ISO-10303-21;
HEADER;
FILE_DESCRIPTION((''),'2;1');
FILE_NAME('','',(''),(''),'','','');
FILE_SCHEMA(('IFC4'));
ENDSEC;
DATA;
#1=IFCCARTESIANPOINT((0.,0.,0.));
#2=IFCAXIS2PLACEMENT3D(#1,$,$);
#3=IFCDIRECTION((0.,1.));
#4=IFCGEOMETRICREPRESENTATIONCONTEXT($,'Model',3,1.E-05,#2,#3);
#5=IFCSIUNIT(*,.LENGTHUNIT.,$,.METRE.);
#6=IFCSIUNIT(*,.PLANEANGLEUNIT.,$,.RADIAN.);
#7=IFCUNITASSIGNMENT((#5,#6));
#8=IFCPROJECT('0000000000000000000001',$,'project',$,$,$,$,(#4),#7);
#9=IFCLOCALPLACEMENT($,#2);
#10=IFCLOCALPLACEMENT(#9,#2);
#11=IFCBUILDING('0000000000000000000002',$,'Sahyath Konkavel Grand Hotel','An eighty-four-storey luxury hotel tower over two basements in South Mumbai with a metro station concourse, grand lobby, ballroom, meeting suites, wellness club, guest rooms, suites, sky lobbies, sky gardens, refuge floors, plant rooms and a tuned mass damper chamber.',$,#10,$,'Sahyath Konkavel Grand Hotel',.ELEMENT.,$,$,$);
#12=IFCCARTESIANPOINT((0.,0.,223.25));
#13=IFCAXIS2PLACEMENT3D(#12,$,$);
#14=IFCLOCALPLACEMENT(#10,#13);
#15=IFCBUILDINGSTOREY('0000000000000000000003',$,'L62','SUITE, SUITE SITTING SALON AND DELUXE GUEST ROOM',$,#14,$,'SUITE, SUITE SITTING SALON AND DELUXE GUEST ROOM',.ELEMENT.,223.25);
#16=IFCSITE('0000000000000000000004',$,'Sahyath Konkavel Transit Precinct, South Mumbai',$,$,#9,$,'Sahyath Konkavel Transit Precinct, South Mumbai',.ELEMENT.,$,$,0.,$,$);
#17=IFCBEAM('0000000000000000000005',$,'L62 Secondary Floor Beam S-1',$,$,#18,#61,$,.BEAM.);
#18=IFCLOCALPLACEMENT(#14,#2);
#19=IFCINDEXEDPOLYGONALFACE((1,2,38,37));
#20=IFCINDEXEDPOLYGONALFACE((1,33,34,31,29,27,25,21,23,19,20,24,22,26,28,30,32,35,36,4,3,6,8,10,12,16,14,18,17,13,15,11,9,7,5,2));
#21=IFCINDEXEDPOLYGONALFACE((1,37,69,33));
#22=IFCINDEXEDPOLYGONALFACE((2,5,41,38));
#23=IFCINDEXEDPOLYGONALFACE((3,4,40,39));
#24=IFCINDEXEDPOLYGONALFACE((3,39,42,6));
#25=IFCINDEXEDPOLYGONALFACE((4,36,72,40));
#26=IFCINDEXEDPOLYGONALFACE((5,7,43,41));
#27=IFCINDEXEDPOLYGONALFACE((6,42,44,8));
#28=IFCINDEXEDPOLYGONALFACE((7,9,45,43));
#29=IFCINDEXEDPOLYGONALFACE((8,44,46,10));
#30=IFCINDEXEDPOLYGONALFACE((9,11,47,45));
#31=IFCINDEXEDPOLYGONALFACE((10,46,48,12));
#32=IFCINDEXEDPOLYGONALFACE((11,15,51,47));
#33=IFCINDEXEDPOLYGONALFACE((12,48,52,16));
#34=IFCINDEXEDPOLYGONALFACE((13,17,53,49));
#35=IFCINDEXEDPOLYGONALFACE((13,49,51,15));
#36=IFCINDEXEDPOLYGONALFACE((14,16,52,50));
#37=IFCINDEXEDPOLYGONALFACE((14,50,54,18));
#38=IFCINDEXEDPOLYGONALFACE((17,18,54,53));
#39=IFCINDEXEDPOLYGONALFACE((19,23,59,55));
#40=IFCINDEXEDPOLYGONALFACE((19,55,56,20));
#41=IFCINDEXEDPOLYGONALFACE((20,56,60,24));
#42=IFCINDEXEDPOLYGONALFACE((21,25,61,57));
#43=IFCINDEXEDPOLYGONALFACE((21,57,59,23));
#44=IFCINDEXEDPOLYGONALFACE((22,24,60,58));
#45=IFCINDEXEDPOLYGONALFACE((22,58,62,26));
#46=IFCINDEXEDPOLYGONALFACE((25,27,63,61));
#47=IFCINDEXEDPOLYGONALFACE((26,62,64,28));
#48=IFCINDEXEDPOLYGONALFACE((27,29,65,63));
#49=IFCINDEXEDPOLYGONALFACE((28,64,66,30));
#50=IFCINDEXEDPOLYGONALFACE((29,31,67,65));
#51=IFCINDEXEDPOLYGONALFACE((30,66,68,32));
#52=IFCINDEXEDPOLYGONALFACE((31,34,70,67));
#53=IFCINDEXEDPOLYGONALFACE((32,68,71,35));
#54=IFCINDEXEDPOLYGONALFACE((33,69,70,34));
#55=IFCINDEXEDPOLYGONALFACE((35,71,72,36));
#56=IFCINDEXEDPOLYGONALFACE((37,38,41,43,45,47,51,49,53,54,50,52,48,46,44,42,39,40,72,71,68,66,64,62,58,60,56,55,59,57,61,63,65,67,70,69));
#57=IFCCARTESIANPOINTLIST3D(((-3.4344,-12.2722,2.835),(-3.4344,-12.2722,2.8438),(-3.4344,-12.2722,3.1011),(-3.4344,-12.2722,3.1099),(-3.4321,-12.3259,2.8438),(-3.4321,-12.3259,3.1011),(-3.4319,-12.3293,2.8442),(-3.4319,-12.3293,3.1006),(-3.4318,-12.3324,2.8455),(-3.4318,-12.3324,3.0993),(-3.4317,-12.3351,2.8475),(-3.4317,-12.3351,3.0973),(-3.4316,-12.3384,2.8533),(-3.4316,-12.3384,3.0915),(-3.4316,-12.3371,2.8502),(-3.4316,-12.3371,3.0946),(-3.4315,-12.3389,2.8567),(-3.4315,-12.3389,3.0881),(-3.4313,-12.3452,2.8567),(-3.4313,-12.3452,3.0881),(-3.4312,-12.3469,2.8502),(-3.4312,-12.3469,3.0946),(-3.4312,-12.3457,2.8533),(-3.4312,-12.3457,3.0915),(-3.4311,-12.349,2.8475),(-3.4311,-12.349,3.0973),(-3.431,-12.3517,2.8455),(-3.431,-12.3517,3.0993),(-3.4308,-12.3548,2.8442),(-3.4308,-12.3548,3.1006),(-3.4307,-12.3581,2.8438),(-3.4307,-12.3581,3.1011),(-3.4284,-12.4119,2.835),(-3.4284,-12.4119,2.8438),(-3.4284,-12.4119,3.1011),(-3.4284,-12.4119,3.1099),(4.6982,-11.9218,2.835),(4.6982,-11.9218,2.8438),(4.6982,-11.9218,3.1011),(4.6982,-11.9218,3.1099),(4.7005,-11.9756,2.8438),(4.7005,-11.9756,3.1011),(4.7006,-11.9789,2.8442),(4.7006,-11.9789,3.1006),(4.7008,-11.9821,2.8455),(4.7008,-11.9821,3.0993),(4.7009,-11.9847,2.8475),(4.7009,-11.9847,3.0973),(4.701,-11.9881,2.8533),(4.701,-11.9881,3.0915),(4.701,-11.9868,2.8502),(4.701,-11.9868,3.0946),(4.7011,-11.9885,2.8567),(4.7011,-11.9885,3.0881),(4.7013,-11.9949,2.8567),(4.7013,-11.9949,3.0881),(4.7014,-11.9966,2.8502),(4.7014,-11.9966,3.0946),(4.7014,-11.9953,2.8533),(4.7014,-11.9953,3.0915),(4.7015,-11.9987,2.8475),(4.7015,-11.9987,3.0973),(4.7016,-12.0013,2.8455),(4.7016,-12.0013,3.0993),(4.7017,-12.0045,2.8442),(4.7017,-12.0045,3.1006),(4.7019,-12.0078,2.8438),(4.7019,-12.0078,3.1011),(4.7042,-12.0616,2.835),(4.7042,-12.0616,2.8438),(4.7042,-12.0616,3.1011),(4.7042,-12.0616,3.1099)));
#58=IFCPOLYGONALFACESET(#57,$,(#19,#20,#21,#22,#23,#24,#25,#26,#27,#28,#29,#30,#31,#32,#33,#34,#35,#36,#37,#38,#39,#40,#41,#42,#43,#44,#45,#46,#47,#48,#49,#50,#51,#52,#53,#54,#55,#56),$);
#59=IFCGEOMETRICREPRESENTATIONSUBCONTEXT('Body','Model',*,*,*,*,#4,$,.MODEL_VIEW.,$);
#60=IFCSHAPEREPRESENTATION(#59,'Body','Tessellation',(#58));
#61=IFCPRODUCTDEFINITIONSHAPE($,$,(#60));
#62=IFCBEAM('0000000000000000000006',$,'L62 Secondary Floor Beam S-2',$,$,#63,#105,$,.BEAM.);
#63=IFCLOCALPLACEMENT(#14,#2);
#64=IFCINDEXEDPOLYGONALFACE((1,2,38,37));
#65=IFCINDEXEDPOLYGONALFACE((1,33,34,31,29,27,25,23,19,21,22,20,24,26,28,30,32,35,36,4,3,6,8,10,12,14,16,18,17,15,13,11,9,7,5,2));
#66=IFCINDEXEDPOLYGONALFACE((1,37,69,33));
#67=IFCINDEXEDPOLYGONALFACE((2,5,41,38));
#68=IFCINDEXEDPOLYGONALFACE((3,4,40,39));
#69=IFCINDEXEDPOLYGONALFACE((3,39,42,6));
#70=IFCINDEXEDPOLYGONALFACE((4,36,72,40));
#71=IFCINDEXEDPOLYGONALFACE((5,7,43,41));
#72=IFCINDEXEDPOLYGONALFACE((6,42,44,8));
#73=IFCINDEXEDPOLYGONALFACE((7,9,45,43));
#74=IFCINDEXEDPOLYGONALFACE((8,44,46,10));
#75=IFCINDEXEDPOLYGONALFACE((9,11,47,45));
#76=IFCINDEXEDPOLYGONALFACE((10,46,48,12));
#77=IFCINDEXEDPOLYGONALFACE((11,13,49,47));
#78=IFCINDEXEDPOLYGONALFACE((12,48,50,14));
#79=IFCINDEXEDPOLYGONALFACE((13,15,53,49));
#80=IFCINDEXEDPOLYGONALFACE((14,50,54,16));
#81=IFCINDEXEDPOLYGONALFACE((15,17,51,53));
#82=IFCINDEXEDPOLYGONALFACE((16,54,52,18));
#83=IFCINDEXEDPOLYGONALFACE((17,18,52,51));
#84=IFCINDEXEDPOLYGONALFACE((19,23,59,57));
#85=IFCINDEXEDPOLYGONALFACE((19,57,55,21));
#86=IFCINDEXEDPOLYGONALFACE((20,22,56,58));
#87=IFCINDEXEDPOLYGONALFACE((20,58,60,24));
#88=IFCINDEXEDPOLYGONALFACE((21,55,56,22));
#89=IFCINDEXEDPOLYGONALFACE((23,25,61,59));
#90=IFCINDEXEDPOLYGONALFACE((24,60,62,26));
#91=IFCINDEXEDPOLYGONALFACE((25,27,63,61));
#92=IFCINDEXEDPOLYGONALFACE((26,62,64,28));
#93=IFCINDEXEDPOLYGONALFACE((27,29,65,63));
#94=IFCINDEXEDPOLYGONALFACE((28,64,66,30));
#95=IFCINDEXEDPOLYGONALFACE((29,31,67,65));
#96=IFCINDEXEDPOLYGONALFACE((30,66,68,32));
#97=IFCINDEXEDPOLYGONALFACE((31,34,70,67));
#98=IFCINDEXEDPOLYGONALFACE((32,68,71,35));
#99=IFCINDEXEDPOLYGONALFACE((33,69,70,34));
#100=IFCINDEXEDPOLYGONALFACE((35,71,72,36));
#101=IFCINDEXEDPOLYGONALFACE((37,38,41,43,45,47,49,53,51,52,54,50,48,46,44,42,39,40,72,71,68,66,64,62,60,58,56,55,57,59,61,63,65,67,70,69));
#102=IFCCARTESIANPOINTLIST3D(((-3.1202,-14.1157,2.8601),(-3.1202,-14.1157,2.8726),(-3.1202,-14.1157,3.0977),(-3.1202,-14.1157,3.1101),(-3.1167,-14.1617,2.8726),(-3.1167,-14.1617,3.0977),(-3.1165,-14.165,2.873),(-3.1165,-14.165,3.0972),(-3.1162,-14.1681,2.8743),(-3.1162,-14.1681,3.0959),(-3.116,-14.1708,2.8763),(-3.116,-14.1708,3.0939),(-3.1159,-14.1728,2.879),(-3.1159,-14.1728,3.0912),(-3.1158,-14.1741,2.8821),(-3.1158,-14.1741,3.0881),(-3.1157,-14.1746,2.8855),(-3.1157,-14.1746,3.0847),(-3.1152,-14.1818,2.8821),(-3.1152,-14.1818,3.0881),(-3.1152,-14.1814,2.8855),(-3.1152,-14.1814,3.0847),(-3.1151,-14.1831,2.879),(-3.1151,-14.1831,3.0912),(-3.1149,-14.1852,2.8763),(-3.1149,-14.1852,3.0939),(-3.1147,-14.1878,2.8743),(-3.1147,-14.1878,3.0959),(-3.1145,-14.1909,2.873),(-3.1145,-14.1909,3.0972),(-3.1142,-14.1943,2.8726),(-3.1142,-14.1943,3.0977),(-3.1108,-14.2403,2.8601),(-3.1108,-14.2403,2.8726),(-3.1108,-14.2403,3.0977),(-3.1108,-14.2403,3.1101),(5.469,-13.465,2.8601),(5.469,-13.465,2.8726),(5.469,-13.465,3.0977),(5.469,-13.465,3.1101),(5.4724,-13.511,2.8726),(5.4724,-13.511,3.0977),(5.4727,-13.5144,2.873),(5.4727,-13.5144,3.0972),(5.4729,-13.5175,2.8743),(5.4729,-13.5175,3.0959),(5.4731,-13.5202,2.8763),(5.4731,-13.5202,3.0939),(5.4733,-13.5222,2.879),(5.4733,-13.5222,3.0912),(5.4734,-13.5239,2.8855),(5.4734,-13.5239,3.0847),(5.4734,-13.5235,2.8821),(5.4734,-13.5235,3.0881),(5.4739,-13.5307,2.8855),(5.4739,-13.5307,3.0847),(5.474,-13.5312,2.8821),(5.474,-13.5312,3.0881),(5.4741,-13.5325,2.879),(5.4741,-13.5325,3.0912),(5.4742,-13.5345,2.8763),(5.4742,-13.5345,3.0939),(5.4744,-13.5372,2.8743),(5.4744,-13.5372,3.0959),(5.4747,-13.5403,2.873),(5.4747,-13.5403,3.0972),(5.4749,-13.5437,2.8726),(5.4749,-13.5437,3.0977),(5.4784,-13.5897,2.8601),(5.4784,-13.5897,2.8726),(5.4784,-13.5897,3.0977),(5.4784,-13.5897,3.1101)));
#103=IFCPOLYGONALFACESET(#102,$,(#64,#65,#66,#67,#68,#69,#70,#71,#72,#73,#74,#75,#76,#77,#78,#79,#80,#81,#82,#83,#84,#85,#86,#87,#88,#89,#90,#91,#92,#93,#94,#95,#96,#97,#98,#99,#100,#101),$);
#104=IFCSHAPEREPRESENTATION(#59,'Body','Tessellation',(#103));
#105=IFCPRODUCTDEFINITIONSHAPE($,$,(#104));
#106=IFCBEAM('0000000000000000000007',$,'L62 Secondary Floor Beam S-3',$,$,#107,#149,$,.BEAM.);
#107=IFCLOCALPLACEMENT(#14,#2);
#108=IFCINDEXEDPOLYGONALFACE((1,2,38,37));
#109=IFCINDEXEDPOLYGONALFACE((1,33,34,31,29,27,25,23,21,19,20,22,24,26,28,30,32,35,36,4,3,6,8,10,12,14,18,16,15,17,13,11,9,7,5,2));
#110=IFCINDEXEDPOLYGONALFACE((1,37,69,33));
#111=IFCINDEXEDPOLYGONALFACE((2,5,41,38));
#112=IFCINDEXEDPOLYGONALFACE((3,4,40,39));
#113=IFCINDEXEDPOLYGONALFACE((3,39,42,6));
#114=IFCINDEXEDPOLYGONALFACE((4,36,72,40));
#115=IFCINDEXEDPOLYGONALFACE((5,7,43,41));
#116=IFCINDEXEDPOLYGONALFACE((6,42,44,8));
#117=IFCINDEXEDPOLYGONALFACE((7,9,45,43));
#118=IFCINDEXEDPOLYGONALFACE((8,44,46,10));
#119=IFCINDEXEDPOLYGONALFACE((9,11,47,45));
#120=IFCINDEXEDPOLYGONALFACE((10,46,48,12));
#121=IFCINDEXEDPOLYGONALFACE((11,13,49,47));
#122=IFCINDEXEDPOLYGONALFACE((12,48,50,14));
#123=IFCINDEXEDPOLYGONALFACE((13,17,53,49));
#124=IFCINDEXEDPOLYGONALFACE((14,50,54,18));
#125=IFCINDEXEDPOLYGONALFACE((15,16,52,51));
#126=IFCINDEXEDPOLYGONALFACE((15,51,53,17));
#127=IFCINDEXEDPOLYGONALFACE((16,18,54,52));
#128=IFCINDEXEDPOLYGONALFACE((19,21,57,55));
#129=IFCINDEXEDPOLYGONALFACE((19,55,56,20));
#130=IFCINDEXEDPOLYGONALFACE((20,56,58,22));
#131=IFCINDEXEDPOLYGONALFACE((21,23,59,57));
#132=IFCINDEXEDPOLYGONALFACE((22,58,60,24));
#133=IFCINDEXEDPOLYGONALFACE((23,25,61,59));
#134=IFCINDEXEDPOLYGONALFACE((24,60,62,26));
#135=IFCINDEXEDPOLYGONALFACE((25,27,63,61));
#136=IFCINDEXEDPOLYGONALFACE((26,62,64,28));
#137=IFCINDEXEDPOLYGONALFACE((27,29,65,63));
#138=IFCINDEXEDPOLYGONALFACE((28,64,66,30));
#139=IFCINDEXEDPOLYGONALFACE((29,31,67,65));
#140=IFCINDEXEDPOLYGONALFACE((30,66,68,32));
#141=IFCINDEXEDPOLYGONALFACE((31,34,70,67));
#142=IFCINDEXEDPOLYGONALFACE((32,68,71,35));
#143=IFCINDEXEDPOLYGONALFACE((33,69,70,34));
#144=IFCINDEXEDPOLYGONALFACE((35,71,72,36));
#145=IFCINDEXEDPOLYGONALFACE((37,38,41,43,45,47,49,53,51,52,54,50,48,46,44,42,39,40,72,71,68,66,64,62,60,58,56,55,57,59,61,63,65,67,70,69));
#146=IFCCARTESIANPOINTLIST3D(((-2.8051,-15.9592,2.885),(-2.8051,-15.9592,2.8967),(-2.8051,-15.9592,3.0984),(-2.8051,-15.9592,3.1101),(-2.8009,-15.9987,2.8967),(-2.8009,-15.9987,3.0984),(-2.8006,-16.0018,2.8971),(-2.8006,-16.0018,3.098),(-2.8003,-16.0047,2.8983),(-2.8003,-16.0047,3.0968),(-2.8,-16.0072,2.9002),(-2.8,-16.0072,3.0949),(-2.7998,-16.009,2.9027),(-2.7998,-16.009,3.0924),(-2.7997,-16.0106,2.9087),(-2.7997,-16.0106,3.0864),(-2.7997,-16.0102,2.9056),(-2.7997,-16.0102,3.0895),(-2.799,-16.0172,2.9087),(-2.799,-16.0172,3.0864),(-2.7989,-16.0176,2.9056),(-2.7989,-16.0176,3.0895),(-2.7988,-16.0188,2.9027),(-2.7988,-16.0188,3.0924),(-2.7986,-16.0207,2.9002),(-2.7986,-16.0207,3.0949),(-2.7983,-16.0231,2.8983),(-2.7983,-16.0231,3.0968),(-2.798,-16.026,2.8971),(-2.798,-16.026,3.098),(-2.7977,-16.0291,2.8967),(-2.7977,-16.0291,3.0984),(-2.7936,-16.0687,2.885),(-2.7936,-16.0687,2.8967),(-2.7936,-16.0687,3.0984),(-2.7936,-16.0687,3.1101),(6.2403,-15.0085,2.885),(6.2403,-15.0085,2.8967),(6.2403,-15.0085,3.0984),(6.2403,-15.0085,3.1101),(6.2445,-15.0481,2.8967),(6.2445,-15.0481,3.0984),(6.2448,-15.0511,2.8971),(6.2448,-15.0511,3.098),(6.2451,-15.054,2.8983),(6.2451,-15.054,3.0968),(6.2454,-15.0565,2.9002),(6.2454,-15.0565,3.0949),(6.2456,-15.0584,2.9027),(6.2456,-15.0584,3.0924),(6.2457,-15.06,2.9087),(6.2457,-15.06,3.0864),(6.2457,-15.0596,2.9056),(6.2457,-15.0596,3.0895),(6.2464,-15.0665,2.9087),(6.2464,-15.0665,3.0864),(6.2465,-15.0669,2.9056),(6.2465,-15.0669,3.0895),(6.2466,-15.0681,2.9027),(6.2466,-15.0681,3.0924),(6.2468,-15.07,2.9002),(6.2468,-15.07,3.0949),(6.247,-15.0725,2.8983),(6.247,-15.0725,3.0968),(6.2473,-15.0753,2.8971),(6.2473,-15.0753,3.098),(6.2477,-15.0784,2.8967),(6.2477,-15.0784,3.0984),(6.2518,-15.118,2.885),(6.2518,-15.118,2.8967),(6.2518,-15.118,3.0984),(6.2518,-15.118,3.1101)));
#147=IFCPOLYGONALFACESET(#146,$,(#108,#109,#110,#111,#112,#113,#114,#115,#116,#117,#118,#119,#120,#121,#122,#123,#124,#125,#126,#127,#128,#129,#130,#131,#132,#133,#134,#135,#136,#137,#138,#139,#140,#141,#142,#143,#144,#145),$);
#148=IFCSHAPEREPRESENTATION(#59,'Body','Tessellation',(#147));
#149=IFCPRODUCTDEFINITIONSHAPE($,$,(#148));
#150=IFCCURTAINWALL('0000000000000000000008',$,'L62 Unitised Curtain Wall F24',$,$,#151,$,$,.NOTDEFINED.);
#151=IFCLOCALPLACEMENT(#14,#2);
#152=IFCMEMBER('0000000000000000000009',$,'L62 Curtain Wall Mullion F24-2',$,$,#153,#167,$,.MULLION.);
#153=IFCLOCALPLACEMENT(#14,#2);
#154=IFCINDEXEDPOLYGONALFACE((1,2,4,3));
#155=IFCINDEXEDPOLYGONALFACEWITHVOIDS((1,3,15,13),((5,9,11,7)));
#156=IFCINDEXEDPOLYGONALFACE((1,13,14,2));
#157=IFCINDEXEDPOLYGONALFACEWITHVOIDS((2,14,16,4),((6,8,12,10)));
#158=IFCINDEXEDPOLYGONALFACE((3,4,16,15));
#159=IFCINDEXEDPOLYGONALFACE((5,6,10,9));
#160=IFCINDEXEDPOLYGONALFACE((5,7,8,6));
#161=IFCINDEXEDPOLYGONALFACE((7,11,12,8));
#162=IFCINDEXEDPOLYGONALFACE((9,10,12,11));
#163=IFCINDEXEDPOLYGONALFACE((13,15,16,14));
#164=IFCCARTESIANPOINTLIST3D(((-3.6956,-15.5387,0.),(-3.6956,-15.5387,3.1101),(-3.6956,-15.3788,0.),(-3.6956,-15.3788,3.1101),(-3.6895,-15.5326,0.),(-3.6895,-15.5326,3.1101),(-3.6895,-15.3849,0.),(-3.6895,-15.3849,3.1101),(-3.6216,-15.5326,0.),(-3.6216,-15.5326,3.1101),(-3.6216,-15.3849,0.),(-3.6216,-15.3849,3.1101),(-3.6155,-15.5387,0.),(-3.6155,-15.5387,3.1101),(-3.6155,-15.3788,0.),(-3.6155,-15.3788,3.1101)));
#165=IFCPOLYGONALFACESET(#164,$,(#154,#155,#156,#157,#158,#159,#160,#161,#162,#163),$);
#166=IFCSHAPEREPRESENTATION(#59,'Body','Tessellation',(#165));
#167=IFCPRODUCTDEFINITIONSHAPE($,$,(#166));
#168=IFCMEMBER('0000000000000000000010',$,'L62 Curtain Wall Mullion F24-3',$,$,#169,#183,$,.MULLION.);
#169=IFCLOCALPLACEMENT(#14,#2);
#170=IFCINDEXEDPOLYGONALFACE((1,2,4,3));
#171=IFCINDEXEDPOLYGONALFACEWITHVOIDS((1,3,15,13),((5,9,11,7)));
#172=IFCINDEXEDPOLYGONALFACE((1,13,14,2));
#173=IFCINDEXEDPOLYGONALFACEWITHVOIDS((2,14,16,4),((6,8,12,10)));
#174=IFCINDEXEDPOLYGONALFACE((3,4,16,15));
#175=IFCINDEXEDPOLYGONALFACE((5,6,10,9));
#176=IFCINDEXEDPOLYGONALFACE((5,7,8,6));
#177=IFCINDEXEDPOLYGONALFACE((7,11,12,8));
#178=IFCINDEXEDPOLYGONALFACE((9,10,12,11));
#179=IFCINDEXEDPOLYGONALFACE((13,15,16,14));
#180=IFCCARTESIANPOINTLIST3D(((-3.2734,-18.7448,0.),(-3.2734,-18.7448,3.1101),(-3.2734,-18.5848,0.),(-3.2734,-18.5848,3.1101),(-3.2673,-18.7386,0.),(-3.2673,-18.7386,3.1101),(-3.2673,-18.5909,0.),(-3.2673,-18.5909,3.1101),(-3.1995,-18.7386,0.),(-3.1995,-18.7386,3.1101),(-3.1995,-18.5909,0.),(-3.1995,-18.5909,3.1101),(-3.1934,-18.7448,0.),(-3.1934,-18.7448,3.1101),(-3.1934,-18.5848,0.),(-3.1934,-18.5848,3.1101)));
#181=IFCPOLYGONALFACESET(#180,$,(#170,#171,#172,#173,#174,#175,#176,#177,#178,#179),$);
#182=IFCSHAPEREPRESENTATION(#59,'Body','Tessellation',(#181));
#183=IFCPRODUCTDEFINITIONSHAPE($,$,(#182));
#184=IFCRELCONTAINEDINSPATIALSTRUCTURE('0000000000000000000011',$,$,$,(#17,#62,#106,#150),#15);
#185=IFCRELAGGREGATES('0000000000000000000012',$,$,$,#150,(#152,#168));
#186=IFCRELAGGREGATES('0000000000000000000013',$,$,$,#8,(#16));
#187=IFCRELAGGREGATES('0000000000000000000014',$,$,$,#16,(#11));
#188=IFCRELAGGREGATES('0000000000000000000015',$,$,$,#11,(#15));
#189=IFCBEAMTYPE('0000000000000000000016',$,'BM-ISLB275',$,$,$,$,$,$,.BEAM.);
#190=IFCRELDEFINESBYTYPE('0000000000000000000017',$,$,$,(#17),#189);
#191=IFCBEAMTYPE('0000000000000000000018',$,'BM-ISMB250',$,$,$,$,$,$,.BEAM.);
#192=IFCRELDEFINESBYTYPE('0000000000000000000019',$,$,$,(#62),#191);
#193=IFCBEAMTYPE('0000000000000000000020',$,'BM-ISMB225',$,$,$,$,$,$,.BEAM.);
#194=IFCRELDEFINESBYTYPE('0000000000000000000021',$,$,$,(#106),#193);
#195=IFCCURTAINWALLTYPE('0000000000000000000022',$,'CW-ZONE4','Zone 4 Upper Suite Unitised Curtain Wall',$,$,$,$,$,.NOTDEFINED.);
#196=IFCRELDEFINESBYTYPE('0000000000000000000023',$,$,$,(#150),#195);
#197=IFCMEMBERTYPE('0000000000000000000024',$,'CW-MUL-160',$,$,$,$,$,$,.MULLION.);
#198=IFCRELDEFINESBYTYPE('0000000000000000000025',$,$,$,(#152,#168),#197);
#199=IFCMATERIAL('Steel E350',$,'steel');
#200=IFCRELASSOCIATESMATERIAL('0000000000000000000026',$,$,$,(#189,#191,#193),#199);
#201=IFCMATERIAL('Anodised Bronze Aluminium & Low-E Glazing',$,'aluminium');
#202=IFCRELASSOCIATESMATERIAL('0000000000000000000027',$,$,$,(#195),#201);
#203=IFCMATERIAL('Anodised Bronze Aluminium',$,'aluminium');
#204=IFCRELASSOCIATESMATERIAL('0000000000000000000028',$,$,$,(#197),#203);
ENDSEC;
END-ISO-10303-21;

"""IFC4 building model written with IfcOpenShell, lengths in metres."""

from ifc_helpers import new_model, si_unit, direction, frame, origin, origin_2d, place, context, subcontext, project, spatial, hollow_rectangle, i_section, extrude, source, transform, mapped, material, material_profile, profile_set, type_object, element, aggregate, save


model = new_model("IFC4")

# Units and contexts
model_context = context("Model", 3, precision=1e-05, world=origin(), true_north=direction((0.0, 1.0)))
body_context = subcontext(model_context, "Body", "Model", "MODEL_VIEW")
ifc_project = project(units=[si_unit("LENGTHUNIT", "METRE"), si_unit("PLANEANGLEUNIT", "RADIAN")], contexts=[model_context])

# Site, building, storey
site_placement = place(None, origin())
site = spatial("IfcSite", under=ifc_project, at=site_placement, Name="Sahyath Konkavel Transit Precinct, South Mumbai", LongName="Sahyath Konkavel Transit Precinct, South Mumbai", CompositionType="ELEMENT", RefElevation=0.0)
building_placement = place(site_placement, origin())
building = spatial("IfcBuilding", under=site, at=building_placement, Name="Sahyath Konkavel Grand Hotel", Description="An eighty-four-storey luxury hotel tower over two basements in South Mumbai with a metro station concourse, grand lobby, ballroom, meeting suites, wellness club, guest rooms, suites, sky lobbies, sky gardens, refuge floors, plant rooms and a tuned mass damper chamber.", LongName="Sahyath Konkavel Grand Hotel", CompositionType="ELEMENT")
storey_placement = place(building_placement, frame((0.0, 0.0, 223.25)))
storey = spatial("IfcBuildingStorey", under=building, at=storey_placement, Name="L62", Description="SUITE, SUITE SITTING SALON AND DELUXE GUEST ROOM", LongName="SUITE, SUITE SITTING SALON AND DELUXE GUEST ROOM", CompositionType="ELEMENT", Elevation=223.25)

# Beams
ifc_material_1 = material(Name="Steel E350", Category="steel")
ifc_material_profile_1 = material_profile(ifc_material_1, i_section(OverallWidth=0.1399, OverallDepth=0.2749, WebThickness=0.0063, FlangeThickness=0.0088, FilletRadius=0.0129, at=origin_2d()), Name="ISLB 275")
ifc_profile_set_1 = profile_set([ifc_material_profile_1], Name="Steel E350")
beam_type_1 = type_object("IfcBeamType", Name="BM-ISLB275", PredefinedType="BEAM", material=ifc_profile_set_1)
shared_shape_1 = source(origin(), body_context, "Body", "SweptSolid", [
    extrude(i_section(OverallWidth=0.1399, OverallDepth=0.2749, WebThickness=0.0063, FlangeThickness=0.0088, FilletRadius=0.0129, at=origin_2d()), origin(), (0.0, 0.0, 1.0), 8.1401),
])
beam_1_placement = place(storey_placement, frame((-3.4314, -12.342, 2.9724), z_axis=(0.999073, 0.043039, 0.0), x_axis=(-0.043039, 0.999073, 0.0)))
element("IfcBeam", 1, at=beam_1_placement, inside=storey, type_object=beam_type_1, Name="L62 Secondary Floor Beam S-1", PredefinedType="BEAM", context=body_context, shape_type="MappedRepresentation", body=[
    mapped(shared_shape_1, transform((0.0, 0.0, 0.0), scale=1.0)),
])
ifc_material_profile_2 = material_profile(ifc_material_1, i_section(OverallWidth=0.125, OverallDepth=0.25, WebThickness=0.0068, FlangeThickness=0.0125, FilletRadius=0.0129, at=origin_2d()), Name="ISMB 250")
ifc_profile_set_2 = profile_set([ifc_material_profile_2], Name="Steel E350")
beam_type_2 = type_object("IfcBeamType", Name="BM-ISMB250", PredefinedType="BEAM", material=ifc_profile_set_2)
shared_shape_2 = source(origin(), body_context, "Body", "SweptSolid", [
    extrude(i_section(OverallWidth=0.125, OverallDepth=0.25, WebThickness=0.0068, FlangeThickness=0.0125, FilletRadius=0.0129, at=origin_2d()), origin(), (0.0, 0.0, 1.0), 8.6138),
])
beam_2_placement = place(storey_placement, frame((-3.1155, -14.178, 2.9851), z_axis=(0.997143, 0.075535, 0.0), x_axis=(-0.075535, 0.997143, 0.0)))
element("IfcBeam", 2, at=beam_2_placement, inside=storey, type_object=beam_type_2, Name="L62 Secondary Floor Beam S-2", PredefinedType="BEAM", context=body_context, shape_type="MappedRepresentation", body=[
    mapped(shared_shape_2, transform((0.0, 0.0, 0.0), scale=1.0)),
])
ifc_material_profile_3 = material_profile(ifc_material_1, i_section(OverallWidth=0.1101, OverallDepth=0.2251, WebThickness=0.0066, FlangeThickness=0.0117, FilletRadius=0.012, at=origin_2d()), Name="ISMB 225")
ifc_profile_set_3 = profile_set([ifc_material_profile_3], Name="Steel E350")
beam_type_3 = type_object("IfcBeamType", Name="BM-ISMB225", PredefinedType="BEAM", material=ifc_profile_set_3)
shared_shape_3 = source(origin(), body_context, "Body", "SweptSolid", [
    extrude(i_section(OverallWidth=0.1101, OverallDepth=0.2251, WebThickness=0.0066, FlangeThickness=0.0117, FilletRadius=0.012, at=origin_2d()), origin(), (0.0, 0.0, 1.0), 9.0952),
])
beam_3_placement = place(storey_placement, frame((-2.7993, -16.0139, 2.9976), z_axis=(0.994522, 0.104525, 0.0), x_axis=(-0.104525, 0.994522, 0.0)))
element("IfcBeam", 3, at=beam_3_placement, inside=storey, type_object=beam_type_3, Name="L62 Secondary Floor Beam S-3", PredefinedType="BEAM", context=body_context, shape_type="MappedRepresentation", body=[
    mapped(shared_shape_3, transform((0.0, 0.0, 0.0), scale=1.0)),
])

# Curtain wall, members
ifc_material_2 = material(Name="Anodised Bronze Aluminium & Low-E Glazing", Category="aluminium")
curtain_wall_type = type_object("IfcCurtainWallType", Name="CW-ZONE4", Description="Zone 4 Upper Suite Unitised Curtain Wall", PredefinedType="NOTDEFINED", material=ifc_material_2)
curtain_wall_1_placement = place(storey_placement, origin())
curtain_wall_1 = element("IfcCurtainWall", 4, at=curtain_wall_1_placement, inside=storey, type_object=curtain_wall_type, Name="L62 Unitised Curtain Wall F24", PredefinedType="NOTDEFINED")
ifc_material_3 = material(Name="Anodised Bronze Aluminium", Category="aluminium")
ifc_material_profile_4 = material_profile(ifc_material_3, hollow_rectangle(XDim=0.0801, YDim=0.1599, WallThickness=0.0061, at=origin_2d()), Name="RHS 160x80x6")
ifc_profile_set_4 = profile_set([ifc_material_profile_4], Name="Anodised Bronze Aluminium")
member_type_1 = type_object("IfcMemberType", Name="CW-MUL-160", PredefinedType="MULLION", material=ifc_profile_set_4)
shared_shape_4 = source(origin(), body_context, "Body", "SweptSolid", [
    extrude(hollow_rectangle(XDim=0.0801, YDim=0.1599, WallThickness=0.0061, at=origin_2d()), origin(), (0.0, 0.0, 1.0), 3.1101),
])
member_1_placement = place(storey_placement, frame((-3.6555, -15.4587, 0.0), z_axis=(0.0, 0.0, 1.0), x_axis=(1.0, 0.0, 0.0)))
member_1 = element("IfcMember", 5, at=member_1_placement, type_object=member_type_1, Name="L62 Curtain Wall Mullion F24-2", PredefinedType="MULLION", context=body_context, shape_type="MappedRepresentation", body=[
    mapped(shared_shape_4, transform((0.0, 0.0, 0.0), scale=1.0)),
])
member_2_placement = place(storey_placement, frame((-3.2334, -18.6648, 0.0), z_axis=(0.0, 0.0, 1.0), x_axis=(1.0, 0.0, 0.0)))
member_2 = element("IfcMember", 6, at=member_2_placement, type_object=member_type_1, Name="L62 Curtain Wall Mullion F24-3", PredefinedType="MULLION", context=body_context, shape_type="MappedRepresentation", body=[
    mapped(shared_shape_4, transform((0.0, 0.0, 0.0), scale=1.0)),
])

aggregate(curtain_wall_1, [member_1, member_2])

save(model, "model.ifc")
